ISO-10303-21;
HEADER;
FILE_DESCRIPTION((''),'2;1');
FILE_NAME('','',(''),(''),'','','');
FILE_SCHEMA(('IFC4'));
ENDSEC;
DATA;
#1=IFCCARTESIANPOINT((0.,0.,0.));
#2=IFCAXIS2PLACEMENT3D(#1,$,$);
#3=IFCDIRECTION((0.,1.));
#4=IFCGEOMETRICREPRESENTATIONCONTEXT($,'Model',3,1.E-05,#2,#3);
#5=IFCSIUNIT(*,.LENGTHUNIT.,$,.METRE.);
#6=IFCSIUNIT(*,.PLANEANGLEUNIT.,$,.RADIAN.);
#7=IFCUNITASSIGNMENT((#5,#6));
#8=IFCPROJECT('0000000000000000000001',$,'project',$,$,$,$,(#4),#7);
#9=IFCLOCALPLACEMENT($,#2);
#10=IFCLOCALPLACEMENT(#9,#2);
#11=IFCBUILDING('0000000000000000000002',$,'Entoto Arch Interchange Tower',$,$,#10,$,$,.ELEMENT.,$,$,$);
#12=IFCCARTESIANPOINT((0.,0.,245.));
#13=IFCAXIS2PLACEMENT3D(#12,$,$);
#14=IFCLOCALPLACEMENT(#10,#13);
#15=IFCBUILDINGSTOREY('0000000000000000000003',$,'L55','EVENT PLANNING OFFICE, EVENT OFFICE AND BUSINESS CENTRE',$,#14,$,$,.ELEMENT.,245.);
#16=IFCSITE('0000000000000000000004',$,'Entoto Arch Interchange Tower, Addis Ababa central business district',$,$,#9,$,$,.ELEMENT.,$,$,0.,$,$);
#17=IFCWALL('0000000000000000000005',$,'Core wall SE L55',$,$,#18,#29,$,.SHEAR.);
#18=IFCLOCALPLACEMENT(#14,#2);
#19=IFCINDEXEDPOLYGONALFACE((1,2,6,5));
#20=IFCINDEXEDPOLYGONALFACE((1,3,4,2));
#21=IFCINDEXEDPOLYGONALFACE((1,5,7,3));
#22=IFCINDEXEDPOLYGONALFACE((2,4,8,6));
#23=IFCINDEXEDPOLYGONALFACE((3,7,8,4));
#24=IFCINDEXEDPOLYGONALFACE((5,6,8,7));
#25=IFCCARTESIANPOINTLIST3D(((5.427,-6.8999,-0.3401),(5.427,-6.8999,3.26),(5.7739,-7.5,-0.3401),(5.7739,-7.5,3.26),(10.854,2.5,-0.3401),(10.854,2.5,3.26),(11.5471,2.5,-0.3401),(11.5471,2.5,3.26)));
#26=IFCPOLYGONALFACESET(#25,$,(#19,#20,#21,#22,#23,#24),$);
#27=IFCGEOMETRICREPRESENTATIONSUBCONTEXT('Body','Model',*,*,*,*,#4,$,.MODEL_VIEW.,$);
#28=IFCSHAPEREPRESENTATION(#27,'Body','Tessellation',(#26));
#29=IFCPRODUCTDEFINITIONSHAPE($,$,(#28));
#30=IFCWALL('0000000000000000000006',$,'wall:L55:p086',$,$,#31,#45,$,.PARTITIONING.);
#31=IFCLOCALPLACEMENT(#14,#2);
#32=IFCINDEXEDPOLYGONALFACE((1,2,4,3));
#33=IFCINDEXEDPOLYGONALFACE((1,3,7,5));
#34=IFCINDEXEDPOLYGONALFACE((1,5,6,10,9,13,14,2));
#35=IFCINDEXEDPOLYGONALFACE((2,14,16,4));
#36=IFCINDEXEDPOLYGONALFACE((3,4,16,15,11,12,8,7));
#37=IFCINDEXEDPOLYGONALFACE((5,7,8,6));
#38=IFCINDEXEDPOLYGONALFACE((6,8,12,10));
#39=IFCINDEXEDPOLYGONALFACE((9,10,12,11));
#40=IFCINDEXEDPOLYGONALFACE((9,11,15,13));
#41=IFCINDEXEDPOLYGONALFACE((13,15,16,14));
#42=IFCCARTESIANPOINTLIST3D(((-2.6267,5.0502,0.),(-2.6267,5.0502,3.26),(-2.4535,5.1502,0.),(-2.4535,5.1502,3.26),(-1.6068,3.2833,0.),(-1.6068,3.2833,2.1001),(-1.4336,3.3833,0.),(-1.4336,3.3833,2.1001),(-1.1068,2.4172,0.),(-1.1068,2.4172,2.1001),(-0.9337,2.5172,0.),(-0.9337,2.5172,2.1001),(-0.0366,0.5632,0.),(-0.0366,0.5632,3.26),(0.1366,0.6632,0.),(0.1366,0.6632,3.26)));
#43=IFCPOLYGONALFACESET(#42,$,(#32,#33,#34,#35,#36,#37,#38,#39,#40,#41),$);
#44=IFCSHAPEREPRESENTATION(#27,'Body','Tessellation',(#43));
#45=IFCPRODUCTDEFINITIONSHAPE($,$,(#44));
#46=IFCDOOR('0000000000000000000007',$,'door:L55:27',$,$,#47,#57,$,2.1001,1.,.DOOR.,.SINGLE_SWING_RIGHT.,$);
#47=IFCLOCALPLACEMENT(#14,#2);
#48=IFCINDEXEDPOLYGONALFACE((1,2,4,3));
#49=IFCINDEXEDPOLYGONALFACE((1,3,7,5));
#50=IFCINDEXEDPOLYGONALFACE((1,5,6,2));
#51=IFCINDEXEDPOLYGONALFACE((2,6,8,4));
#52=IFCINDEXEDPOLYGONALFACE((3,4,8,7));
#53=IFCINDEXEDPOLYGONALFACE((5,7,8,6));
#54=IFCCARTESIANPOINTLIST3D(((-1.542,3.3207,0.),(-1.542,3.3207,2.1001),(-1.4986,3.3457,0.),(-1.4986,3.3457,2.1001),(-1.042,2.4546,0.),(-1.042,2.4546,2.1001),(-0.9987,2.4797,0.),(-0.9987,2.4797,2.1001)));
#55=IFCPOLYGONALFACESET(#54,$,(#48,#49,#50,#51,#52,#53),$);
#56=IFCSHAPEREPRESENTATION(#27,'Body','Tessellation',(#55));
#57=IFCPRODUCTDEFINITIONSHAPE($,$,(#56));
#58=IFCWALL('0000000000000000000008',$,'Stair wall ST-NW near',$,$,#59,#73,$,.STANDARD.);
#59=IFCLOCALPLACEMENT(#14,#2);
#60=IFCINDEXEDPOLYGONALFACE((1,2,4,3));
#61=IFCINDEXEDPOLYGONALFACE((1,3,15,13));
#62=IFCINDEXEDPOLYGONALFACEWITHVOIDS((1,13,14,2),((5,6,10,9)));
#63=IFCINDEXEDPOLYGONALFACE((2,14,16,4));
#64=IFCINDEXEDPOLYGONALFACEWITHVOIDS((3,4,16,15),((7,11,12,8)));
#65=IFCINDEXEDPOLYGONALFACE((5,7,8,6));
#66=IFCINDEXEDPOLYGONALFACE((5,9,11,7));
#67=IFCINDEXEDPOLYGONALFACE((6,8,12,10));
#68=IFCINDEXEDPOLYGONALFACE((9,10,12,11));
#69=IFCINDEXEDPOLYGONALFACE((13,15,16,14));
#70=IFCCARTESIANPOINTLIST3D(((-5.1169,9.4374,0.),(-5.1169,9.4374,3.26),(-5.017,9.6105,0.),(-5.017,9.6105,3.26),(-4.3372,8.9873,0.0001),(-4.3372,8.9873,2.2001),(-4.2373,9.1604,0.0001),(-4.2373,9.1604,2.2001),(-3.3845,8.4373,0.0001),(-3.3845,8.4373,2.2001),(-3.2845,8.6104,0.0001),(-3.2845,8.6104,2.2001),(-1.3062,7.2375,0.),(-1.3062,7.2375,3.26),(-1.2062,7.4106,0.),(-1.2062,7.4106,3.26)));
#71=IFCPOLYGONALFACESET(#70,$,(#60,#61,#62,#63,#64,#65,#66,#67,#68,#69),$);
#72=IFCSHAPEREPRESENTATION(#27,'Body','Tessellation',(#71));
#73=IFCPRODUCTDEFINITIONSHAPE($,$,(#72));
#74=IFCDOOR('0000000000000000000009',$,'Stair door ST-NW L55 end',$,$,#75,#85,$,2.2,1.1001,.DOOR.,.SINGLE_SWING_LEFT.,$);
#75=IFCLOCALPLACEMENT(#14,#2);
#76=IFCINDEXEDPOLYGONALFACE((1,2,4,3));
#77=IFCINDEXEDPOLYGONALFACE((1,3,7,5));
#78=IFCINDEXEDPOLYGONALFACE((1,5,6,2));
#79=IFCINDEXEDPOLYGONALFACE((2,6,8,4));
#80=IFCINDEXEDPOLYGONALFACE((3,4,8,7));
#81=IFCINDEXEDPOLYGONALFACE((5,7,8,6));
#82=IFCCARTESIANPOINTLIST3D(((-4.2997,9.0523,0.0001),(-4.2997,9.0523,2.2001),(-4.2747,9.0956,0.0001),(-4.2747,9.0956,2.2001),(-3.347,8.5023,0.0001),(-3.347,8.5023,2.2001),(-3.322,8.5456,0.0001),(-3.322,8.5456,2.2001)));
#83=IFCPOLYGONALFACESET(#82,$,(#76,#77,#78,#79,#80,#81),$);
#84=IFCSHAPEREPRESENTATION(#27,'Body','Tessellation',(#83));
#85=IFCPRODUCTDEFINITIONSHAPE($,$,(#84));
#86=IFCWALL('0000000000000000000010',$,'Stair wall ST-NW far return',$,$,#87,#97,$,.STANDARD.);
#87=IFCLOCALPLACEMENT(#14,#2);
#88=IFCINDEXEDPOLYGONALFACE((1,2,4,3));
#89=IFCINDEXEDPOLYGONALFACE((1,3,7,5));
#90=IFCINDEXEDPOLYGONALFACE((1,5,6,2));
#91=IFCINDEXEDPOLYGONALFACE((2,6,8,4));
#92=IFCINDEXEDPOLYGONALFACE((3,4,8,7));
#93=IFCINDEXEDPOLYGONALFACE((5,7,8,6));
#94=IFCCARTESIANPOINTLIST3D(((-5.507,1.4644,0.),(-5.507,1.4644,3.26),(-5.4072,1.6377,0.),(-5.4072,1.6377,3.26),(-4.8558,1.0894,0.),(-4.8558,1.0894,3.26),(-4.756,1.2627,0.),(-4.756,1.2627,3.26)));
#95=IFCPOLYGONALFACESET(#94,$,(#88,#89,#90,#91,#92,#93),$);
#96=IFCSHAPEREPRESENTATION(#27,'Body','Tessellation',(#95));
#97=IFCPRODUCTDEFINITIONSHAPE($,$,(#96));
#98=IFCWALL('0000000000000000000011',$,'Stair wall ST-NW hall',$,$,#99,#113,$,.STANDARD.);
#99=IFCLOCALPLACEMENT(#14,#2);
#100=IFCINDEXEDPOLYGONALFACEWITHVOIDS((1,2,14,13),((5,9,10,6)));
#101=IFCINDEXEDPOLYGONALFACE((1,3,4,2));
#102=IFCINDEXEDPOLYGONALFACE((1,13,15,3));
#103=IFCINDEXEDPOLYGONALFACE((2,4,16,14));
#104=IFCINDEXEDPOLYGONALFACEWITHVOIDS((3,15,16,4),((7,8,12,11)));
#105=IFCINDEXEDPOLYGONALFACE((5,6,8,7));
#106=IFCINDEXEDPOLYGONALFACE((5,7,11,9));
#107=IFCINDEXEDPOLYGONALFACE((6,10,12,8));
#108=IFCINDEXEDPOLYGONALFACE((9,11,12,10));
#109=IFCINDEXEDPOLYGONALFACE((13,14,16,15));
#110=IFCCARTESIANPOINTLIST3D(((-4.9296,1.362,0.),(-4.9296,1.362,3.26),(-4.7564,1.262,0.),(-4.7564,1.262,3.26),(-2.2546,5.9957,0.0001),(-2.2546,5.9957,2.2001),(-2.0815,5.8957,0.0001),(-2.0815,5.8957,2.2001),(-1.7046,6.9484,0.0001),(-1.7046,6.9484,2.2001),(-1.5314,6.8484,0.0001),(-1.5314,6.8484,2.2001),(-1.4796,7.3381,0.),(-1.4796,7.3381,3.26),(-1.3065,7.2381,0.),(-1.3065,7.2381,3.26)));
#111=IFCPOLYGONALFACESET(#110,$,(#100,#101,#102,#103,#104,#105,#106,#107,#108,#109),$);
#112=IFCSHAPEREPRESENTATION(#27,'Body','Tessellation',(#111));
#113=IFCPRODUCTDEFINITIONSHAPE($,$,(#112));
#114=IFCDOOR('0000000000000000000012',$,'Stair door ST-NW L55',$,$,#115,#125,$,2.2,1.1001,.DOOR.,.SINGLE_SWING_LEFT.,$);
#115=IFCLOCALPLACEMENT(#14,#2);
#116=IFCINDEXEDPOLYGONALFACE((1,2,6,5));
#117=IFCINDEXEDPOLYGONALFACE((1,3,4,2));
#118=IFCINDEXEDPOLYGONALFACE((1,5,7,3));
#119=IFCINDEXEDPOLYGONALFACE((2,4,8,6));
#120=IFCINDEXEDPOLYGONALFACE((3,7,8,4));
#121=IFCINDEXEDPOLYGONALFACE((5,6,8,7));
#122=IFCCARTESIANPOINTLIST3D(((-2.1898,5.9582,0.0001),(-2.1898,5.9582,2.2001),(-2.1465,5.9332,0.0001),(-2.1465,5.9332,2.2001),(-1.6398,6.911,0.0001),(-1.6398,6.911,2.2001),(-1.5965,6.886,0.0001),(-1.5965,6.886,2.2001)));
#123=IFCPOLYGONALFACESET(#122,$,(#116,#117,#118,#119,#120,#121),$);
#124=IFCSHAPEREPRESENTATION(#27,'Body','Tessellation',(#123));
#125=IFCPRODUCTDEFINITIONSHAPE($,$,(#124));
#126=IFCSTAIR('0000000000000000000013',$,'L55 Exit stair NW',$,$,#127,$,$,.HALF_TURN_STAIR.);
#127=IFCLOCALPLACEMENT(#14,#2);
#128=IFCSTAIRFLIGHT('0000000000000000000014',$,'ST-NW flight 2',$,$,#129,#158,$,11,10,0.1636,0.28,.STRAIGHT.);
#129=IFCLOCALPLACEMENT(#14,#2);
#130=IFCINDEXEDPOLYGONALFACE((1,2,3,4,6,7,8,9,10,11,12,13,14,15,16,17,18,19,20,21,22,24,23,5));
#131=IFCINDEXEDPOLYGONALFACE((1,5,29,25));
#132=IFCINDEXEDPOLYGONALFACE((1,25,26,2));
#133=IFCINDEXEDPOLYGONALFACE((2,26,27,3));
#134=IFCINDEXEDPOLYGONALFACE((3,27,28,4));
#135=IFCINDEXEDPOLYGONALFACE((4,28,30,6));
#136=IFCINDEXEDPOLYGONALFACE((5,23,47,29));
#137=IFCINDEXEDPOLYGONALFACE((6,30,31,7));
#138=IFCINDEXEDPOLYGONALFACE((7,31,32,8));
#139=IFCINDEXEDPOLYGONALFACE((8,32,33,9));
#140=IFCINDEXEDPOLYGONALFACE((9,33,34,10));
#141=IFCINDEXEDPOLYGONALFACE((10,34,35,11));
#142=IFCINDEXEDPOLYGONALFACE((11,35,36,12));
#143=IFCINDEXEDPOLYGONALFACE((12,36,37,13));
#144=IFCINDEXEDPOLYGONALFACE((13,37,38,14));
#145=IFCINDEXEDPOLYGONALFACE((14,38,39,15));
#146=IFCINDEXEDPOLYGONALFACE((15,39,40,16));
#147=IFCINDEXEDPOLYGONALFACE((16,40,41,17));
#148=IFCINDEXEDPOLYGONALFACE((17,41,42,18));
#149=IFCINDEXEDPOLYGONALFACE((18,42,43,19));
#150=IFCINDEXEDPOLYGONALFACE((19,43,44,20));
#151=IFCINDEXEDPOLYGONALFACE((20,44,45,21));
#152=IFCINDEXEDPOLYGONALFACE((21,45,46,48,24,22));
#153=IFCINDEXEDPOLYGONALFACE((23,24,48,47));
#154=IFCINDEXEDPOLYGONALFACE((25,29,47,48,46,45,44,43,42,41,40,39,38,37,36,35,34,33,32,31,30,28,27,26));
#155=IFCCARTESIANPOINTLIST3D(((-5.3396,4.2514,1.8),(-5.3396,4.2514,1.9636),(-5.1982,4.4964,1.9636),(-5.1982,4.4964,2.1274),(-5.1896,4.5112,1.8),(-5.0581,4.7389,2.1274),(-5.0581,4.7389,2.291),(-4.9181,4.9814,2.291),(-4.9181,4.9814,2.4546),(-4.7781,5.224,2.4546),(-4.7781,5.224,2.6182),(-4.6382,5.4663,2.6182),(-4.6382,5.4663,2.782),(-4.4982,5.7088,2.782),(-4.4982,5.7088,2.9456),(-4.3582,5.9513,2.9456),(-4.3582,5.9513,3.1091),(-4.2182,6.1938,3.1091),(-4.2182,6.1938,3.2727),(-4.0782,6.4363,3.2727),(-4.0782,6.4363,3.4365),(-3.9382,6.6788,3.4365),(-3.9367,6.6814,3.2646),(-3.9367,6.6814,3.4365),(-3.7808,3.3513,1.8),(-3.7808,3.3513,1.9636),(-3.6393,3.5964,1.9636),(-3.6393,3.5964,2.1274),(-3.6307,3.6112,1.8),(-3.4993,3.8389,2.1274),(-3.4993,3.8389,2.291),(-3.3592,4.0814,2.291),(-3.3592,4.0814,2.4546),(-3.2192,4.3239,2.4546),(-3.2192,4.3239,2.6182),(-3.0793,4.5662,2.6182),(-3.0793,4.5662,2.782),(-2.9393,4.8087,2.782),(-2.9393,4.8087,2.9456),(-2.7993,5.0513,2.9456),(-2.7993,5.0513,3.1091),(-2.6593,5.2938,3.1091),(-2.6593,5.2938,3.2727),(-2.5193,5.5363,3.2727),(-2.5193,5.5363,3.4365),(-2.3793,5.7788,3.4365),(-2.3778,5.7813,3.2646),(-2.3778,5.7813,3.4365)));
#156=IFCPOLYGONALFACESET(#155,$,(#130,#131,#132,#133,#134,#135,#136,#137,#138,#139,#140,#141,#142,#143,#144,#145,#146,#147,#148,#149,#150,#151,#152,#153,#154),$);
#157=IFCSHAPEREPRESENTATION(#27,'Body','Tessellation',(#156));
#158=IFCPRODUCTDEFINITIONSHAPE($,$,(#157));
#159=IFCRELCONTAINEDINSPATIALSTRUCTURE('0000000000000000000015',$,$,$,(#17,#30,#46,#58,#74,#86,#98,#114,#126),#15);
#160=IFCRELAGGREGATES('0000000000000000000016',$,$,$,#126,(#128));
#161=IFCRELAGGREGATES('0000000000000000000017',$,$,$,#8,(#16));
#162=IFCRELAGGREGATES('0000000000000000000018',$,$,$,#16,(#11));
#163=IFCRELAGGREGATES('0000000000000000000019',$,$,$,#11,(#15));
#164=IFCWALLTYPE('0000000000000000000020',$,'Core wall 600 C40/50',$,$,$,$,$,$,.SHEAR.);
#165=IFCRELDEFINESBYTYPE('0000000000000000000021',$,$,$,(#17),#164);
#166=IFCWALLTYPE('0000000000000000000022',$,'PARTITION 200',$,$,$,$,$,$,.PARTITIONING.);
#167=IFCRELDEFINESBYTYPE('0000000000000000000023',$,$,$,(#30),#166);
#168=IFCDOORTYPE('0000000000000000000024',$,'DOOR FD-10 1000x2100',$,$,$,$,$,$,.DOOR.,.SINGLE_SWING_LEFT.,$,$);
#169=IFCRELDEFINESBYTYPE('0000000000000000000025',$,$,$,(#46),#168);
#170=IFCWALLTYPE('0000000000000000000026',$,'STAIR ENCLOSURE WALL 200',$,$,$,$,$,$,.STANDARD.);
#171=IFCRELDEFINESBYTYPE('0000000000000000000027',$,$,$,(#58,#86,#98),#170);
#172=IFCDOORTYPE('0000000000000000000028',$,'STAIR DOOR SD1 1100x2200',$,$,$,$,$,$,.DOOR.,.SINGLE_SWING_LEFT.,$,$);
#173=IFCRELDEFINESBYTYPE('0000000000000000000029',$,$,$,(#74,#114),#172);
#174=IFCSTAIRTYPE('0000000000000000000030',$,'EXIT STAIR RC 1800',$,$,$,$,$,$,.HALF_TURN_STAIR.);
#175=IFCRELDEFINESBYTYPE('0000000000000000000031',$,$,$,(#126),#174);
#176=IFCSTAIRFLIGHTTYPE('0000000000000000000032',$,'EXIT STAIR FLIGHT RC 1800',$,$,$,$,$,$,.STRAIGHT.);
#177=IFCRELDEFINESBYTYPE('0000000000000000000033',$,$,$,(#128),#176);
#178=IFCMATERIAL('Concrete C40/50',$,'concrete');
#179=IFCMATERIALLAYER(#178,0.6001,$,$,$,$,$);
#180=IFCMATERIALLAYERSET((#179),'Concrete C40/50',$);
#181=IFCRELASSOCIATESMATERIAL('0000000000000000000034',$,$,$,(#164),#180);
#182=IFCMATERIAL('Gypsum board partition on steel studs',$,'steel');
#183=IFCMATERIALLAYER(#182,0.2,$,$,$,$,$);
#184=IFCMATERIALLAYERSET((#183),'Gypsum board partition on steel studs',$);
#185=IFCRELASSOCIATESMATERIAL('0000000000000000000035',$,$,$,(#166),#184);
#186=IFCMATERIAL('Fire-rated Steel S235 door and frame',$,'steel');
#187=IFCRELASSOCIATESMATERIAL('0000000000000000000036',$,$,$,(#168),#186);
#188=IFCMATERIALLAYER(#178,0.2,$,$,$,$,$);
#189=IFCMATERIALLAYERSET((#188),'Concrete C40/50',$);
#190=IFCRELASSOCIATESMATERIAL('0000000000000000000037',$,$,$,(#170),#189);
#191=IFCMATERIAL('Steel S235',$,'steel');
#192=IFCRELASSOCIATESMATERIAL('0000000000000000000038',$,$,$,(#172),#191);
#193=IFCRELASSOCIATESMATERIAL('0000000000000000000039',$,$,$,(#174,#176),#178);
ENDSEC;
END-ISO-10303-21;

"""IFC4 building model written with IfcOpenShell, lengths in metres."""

from ifc_helpers import new_model, si_unit, direction, frame, frame_2d, origin, place, context, subcontext, project, spatial, polyline, rectangle, outline, extrude, material, layer, layer_set, type_object, element, fill, aggregate, save


model = new_model("IFC4")

# Units and contexts
model_context = context("Model", 3, precision=1e-05, world=origin(), true_north=direction((0.0, 1.0)))
body_context = subcontext(model_context, "Body", "Model", "MODEL_VIEW")
ifc_project = project(units=[si_unit("LENGTHUNIT", "METRE"), si_unit("PLANEANGLEUNIT", "RADIAN")], contexts=[model_context])

# Site, building, storey
site_placement = place(None, origin())
site = spatial("IfcSite", under=ifc_project, at=site_placement, Name="Entoto Arch Interchange Tower, Addis Ababa central business district", CompositionType="ELEMENT", RefElevation=0.0)
building_placement = place(site_placement, origin())
building = spatial("IfcBuilding", under=site, at=building_placement, Name="Entoto Arch Interchange Tower", CompositionType="ELEMENT")
storey_placement = place(building_placement, frame((0.0, 0.0, 245.0)))
storey = spatial("IfcBuildingStorey", under=building, at=storey_placement, Name="L55", Description="EVENT PLANNING OFFICE, EVENT OFFICE AND BUSINESS CENTRE", CompositionType="ELEMENT", Elevation=245.0)

# Shared definitions
ifc_material_1 = material(Name="Concrete C40/50", Category="concrete")

# Wall
ifc_layer_1 = layer(ifc_material_1, 0.6001)
ifc_layer_set_1 = layer_set([ifc_layer_1], Name="Concrete C40/50")
wall_type_1 = type_object("IfcWallType", Name="Core wall 600 C40/50", PredefinedType="SHEAR", material=ifc_layer_set_1)
wall_1_placement = place(storey_placement, frame((0.0, 0.0, -0.3401)))
element("IfcWall", 1, at=wall_1_placement, inside=storey, type_object=wall_type_1, Name="Core wall SE L55", PredefinedType="SHEAR", context=body_context, shape_type="SweptSolid", body=[
    extrude(outline(polyline([(5.7739, -7.5), (11.5471, 2.5), (10.854, 2.5), (5.427, -6.8999), (5.7739, -7.5)])), origin(), (0.0, 0.0, 1.0), 3.6001),
])

# Walls, openings, doors
ifc_material_2 = material(Name="Gypsum board partition on steel studs", Category="steel")
ifc_layer_2 = layer(ifc_material_2, 0.2)
ifc_layer_set_2 = layer_set([ifc_layer_2], Name="Gypsum board partition on steel studs")
wall_type_2 = type_object("IfcWallType", Name="PARTITION 200", PredefinedType="PARTITIONING", material=ifc_layer_set_2)
wall_2_placement = place(storey_placement, frame((-2.54, 5.1001, 0.0), z_axis=(0.0, 0.0, 1.0), x_axis=(0.499925, -0.866069, 0.0)))
wall_2 = element("IfcWall", 2, at=wall_2_placement, inside=storey, type_object=wall_type_2, Name="wall:L55:p086", PredefinedType="PARTITIONING", context=body_context, shape_type="SweptSolid", body=[
    extrude(rectangle(XDim=5.1809, YDim=0.2, at=frame_2d((2.5903, 0.0))), origin(), (0.0, 0.0, 1.0), 3.26),
])
opening_1_placement = place(wall_2_placement, frame((2.04, 0.0, 0.0)))
opening_1 = element("IfcOpeningElement", 3, at=opening_1_placement, cuts=wall_2, PredefinedType="OPENING", context=body_context, shape_type="SweptSolid", body=[
    extrude(rectangle(XDim=1.0, YDim=2.1001, at=frame_2d((0.5, 1.05))), frame((0.0, 0.1099, 0.0), z_axis=(0.0, -1.0, 0.0), x_axis=(1.0, 0.0, 0.0)), (0.0, 0.0, 1.0), 0.22),
])
ifc_material_3 = material(Name="Fire-rated Steel S235 door and frame", Category="steel")
door_type_1 = type_object("IfcDoorType", Name="DOOR FD-10 1000x2100", OperationType="SINGLE_SWING_LEFT", PredefinedType="DOOR", material=ifc_material_3)
door_1_placement = place(opening_1_placement, origin())
door_1 = element("IfcDoor", 4, at=door_1_placement, inside=storey, type_object=door_type_1, Name="door:L55:27", OperationType="SINGLE_SWING_RIGHT", OverallHeight=2.1001, OverallWidth=1.0, PredefinedType="DOOR", context=body_context, shape_type="SweptSolid", body=[
    extrude(rectangle(XDim=1.0, YDim=2.1001, at=frame_2d((0.5, 1.05))), frame((0.0, 0.0249, 0.0), z_axis=(0.0, -1.0, 0.0), x_axis=(1.0, 0.0, 0.0)), (0.0, 0.0, 1.0), 0.05),
])
fill(opening_1, door_1)
ifc_layer_3 = layer(ifc_material_1, 0.2)
ifc_layer_set_3 = layer_set([ifc_layer_3], Name="Concrete C40/50")
wall_type_3 = type_object("IfcWallType", Name="STAIR ENCLOSURE WALL 200", PredefinedType="STANDARD", material=ifc_layer_set_3)
wall_3_placement = place(storey_placement, frame((-1.2561, 7.324, 0.0), z_axis=(0.0, 0.0, 1.0), x_axis=(-0.866046, 0.499964, 0.0)))
wall_3 = element("IfcWall", 5, at=wall_3_placement, inside=storey, type_object=wall_type_3, Name="Stair wall ST-NW near", PredefinedType="STANDARD", context=body_context, shape_type="SweptSolid", body=[
    extrude(rectangle(XDim=4.4001, YDim=0.2, at=frame_2d((2.2002, 0.0))), origin(), (0.0, 0.0, 1.0), 3.26),
])
opening_2_placement = place(wall_3_placement, frame((2.3999, 0.0, 0.0)))
opening_2 = element("IfcOpeningElement", 6, at=opening_2_placement, cuts=wall_3, PredefinedType="OPENING", context=body_context, shape_type="SweptSolid", body=[
    extrude(rectangle(XDim=1.1001, YDim=2.2, at=frame_2d((0.55, 1.1001))), frame((0.0, 0.1099, 0.0), z_axis=(0.0, -1.0, 0.0), x_axis=(1.0, 0.0, 0.0)), (0.0, 0.0, 1.0), 0.22),
])
ifc_material_4 = material(Name="Steel S235", Category="steel")
door_type_2 = type_object("IfcDoorType", Name="STAIR DOOR SD1 1100x2200", OperationType="SINGLE_SWING_LEFT", PredefinedType="DOOR", material=ifc_material_4)
door_2_placement = place(opening_2_placement, origin())
door_2 = element("IfcDoor", 7, at=door_2_placement, inside=storey, type_object=door_type_2, Name="Stair door ST-NW L55 end", OperationType="SINGLE_SWING_LEFT", OverallHeight=2.2, OverallWidth=1.1001, PredefinedType="DOOR", context=body_context, shape_type="SweptSolid", body=[
    extrude(rectangle(XDim=1.1001, YDim=2.2, at=frame_2d((0.55, 1.1001))), frame((0.0, 0.0249, 0.0), z_axis=(0.0, -1.0, 0.0), x_axis=(1.0, 0.0, 0.0)), (0.0, 0.0, 1.0), 0.05),
])
fill(opening_2, door_2)

# Wall
wall_4_placement = place(storey_placement, frame((-4.8059, 1.176, 0.0), z_axis=(0.0, 0.0, 1.0), x_axis=(-0.866559, 0.499075, 0.0)))
element("IfcWall", 8, at=wall_4_placement, inside=storey, type_object=wall_type_3, Name="Stair wall ST-NW far return", PredefinedType="STANDARD", context=body_context, shape_type="SweptSolid", body=[
    extrude(rectangle(XDim=0.7515, YDim=0.2, at=frame_2d((0.3757, 0.0))), origin(), (0.0, 0.0, 1.0), 3.26),
])

# Wall, opening, door
wall_5_placement = place(storey_placement, frame((-1.3931, 7.2881, 0.0), z_axis=(0.0, 0.0, 1.0), x_axis=(-0.499963, -0.866047, 0.0)))
wall_5 = element("IfcWall", 9, at=wall_5_placement, inside=storey, type_object=wall_type_3, Name="Stair wall ST-NW hall", PredefinedType="STANDARD", context=body_context, shape_type="SweptSolid", body=[
    extrude(rectangle(XDim=6.9004, YDim=0.2, at=frame_2d((3.4502, 0.0))), origin(), (0.0, 0.0, 1.0), 3.26),
])
opening_3_placement = place(wall_5_placement, frame((0.45, 0.0, 0.0)))
opening_3 = element("IfcOpeningElement", 10, at=opening_3_placement, cuts=wall_5, PredefinedType="OPENING", context=body_context, shape_type="SweptSolid", body=[
    extrude(rectangle(XDim=1.1001, YDim=2.2, at=frame_2d((0.55, 1.1001))), frame((0.0, 0.1099, 0.0), z_axis=(0.0, -1.0, 0.0), x_axis=(1.0, 0.0, 0.0)), (0.0, 0.0, 1.0), 0.22),
])
door_3_placement = place(opening_3_placement, origin())
door_3 = element("IfcDoor", 11, at=door_3_placement, inside=storey, type_object=door_type_2, Name="Stair door ST-NW L55", OperationType="SINGLE_SWING_LEFT", OverallHeight=2.2, OverallWidth=1.1001, PredefinedType="DOOR", context=body_context, shape_type="SweptSolid", body=[
    extrude(rectangle(XDim=1.1001, YDim=2.2, at=frame_2d((0.55, 1.1001))), frame((0.0, 0.0249, 0.0), z_axis=(0.0, -1.0, 0.0), x_axis=(1.0, 0.0, 0.0)), (0.0, 0.0, 1.0), 0.05),
])
fill(opening_3, door_3)

# Stair, stair flight
stair_type = type_object("IfcStairType", Name="EXIT STAIR RC 1800", PredefinedType="HALF_TURN_STAIR", material=ifc_material_1)
stair_placement = place(storey_placement, origin())
stair = element("IfcStair", 12, at=stair_placement, inside=storey, type_object=stair_type, Name="L55 Exit stair NW", PredefinedType="HALF_TURN_STAIR")
stair_flight_type = type_object("IfcStairFlightType", Name="EXIT STAIR FLIGHT RC 1800", PredefinedType="STRAIGHT", material=ifc_material_1)
stair_flight_placement = place(storey_placement, frame((-4.5588, 3.804, 1.8), z_axis=(0.0, 0.0, 1.0), x_axis=(0.5, 0.866025, 0.0)))
stair_flight = element("IfcStairFlight", 13, at=stair_flight_placement, type_object=stair_flight_type, Name="ST-NW flight 2", NumberOfRisers=11, NumberOfTreads=10, PredefinedType="STRAIGHT", RiserHeight=0.1636, TreadLength=0.28, context=body_context, shape_type="SweptSolid", body=[
    extrude(outline(polyline([(-0.0029, 0.0), (-0.0029, 0.1636), (0.28, 0.1636), (0.28, 0.3274), (0.5601, 0.3274), (0.5601, 0.491), (0.8401, 0.491), (0.8401, 0.6545), (1.1201, 0.6545), (1.1201, 0.8181), (1.3999, 0.8181), (1.3999, 0.9819), (1.6799, 0.9819), (1.6799, 1.1455), (1.96, 1.1455), (1.96, 1.3091), (2.24, 1.3091), (2.24, 1.4727), (2.52, 1.4727), (2.52, 1.6365), (2.8, 1.6365), (2.803, 1.6365), (2.803, 1.4646), (0.2971, 0.0), (-0.0029, 0.0)])), frame((0.0, 0.8999, 0.0), z_axis=(0.0, -1.0, 0.0), x_axis=(1.0, 0.0, 0.0)), (0.0, 0.0, 1.0), 1.8),
])
aggregate(stair, [stair_flight])

save(model, "model.ifc")
